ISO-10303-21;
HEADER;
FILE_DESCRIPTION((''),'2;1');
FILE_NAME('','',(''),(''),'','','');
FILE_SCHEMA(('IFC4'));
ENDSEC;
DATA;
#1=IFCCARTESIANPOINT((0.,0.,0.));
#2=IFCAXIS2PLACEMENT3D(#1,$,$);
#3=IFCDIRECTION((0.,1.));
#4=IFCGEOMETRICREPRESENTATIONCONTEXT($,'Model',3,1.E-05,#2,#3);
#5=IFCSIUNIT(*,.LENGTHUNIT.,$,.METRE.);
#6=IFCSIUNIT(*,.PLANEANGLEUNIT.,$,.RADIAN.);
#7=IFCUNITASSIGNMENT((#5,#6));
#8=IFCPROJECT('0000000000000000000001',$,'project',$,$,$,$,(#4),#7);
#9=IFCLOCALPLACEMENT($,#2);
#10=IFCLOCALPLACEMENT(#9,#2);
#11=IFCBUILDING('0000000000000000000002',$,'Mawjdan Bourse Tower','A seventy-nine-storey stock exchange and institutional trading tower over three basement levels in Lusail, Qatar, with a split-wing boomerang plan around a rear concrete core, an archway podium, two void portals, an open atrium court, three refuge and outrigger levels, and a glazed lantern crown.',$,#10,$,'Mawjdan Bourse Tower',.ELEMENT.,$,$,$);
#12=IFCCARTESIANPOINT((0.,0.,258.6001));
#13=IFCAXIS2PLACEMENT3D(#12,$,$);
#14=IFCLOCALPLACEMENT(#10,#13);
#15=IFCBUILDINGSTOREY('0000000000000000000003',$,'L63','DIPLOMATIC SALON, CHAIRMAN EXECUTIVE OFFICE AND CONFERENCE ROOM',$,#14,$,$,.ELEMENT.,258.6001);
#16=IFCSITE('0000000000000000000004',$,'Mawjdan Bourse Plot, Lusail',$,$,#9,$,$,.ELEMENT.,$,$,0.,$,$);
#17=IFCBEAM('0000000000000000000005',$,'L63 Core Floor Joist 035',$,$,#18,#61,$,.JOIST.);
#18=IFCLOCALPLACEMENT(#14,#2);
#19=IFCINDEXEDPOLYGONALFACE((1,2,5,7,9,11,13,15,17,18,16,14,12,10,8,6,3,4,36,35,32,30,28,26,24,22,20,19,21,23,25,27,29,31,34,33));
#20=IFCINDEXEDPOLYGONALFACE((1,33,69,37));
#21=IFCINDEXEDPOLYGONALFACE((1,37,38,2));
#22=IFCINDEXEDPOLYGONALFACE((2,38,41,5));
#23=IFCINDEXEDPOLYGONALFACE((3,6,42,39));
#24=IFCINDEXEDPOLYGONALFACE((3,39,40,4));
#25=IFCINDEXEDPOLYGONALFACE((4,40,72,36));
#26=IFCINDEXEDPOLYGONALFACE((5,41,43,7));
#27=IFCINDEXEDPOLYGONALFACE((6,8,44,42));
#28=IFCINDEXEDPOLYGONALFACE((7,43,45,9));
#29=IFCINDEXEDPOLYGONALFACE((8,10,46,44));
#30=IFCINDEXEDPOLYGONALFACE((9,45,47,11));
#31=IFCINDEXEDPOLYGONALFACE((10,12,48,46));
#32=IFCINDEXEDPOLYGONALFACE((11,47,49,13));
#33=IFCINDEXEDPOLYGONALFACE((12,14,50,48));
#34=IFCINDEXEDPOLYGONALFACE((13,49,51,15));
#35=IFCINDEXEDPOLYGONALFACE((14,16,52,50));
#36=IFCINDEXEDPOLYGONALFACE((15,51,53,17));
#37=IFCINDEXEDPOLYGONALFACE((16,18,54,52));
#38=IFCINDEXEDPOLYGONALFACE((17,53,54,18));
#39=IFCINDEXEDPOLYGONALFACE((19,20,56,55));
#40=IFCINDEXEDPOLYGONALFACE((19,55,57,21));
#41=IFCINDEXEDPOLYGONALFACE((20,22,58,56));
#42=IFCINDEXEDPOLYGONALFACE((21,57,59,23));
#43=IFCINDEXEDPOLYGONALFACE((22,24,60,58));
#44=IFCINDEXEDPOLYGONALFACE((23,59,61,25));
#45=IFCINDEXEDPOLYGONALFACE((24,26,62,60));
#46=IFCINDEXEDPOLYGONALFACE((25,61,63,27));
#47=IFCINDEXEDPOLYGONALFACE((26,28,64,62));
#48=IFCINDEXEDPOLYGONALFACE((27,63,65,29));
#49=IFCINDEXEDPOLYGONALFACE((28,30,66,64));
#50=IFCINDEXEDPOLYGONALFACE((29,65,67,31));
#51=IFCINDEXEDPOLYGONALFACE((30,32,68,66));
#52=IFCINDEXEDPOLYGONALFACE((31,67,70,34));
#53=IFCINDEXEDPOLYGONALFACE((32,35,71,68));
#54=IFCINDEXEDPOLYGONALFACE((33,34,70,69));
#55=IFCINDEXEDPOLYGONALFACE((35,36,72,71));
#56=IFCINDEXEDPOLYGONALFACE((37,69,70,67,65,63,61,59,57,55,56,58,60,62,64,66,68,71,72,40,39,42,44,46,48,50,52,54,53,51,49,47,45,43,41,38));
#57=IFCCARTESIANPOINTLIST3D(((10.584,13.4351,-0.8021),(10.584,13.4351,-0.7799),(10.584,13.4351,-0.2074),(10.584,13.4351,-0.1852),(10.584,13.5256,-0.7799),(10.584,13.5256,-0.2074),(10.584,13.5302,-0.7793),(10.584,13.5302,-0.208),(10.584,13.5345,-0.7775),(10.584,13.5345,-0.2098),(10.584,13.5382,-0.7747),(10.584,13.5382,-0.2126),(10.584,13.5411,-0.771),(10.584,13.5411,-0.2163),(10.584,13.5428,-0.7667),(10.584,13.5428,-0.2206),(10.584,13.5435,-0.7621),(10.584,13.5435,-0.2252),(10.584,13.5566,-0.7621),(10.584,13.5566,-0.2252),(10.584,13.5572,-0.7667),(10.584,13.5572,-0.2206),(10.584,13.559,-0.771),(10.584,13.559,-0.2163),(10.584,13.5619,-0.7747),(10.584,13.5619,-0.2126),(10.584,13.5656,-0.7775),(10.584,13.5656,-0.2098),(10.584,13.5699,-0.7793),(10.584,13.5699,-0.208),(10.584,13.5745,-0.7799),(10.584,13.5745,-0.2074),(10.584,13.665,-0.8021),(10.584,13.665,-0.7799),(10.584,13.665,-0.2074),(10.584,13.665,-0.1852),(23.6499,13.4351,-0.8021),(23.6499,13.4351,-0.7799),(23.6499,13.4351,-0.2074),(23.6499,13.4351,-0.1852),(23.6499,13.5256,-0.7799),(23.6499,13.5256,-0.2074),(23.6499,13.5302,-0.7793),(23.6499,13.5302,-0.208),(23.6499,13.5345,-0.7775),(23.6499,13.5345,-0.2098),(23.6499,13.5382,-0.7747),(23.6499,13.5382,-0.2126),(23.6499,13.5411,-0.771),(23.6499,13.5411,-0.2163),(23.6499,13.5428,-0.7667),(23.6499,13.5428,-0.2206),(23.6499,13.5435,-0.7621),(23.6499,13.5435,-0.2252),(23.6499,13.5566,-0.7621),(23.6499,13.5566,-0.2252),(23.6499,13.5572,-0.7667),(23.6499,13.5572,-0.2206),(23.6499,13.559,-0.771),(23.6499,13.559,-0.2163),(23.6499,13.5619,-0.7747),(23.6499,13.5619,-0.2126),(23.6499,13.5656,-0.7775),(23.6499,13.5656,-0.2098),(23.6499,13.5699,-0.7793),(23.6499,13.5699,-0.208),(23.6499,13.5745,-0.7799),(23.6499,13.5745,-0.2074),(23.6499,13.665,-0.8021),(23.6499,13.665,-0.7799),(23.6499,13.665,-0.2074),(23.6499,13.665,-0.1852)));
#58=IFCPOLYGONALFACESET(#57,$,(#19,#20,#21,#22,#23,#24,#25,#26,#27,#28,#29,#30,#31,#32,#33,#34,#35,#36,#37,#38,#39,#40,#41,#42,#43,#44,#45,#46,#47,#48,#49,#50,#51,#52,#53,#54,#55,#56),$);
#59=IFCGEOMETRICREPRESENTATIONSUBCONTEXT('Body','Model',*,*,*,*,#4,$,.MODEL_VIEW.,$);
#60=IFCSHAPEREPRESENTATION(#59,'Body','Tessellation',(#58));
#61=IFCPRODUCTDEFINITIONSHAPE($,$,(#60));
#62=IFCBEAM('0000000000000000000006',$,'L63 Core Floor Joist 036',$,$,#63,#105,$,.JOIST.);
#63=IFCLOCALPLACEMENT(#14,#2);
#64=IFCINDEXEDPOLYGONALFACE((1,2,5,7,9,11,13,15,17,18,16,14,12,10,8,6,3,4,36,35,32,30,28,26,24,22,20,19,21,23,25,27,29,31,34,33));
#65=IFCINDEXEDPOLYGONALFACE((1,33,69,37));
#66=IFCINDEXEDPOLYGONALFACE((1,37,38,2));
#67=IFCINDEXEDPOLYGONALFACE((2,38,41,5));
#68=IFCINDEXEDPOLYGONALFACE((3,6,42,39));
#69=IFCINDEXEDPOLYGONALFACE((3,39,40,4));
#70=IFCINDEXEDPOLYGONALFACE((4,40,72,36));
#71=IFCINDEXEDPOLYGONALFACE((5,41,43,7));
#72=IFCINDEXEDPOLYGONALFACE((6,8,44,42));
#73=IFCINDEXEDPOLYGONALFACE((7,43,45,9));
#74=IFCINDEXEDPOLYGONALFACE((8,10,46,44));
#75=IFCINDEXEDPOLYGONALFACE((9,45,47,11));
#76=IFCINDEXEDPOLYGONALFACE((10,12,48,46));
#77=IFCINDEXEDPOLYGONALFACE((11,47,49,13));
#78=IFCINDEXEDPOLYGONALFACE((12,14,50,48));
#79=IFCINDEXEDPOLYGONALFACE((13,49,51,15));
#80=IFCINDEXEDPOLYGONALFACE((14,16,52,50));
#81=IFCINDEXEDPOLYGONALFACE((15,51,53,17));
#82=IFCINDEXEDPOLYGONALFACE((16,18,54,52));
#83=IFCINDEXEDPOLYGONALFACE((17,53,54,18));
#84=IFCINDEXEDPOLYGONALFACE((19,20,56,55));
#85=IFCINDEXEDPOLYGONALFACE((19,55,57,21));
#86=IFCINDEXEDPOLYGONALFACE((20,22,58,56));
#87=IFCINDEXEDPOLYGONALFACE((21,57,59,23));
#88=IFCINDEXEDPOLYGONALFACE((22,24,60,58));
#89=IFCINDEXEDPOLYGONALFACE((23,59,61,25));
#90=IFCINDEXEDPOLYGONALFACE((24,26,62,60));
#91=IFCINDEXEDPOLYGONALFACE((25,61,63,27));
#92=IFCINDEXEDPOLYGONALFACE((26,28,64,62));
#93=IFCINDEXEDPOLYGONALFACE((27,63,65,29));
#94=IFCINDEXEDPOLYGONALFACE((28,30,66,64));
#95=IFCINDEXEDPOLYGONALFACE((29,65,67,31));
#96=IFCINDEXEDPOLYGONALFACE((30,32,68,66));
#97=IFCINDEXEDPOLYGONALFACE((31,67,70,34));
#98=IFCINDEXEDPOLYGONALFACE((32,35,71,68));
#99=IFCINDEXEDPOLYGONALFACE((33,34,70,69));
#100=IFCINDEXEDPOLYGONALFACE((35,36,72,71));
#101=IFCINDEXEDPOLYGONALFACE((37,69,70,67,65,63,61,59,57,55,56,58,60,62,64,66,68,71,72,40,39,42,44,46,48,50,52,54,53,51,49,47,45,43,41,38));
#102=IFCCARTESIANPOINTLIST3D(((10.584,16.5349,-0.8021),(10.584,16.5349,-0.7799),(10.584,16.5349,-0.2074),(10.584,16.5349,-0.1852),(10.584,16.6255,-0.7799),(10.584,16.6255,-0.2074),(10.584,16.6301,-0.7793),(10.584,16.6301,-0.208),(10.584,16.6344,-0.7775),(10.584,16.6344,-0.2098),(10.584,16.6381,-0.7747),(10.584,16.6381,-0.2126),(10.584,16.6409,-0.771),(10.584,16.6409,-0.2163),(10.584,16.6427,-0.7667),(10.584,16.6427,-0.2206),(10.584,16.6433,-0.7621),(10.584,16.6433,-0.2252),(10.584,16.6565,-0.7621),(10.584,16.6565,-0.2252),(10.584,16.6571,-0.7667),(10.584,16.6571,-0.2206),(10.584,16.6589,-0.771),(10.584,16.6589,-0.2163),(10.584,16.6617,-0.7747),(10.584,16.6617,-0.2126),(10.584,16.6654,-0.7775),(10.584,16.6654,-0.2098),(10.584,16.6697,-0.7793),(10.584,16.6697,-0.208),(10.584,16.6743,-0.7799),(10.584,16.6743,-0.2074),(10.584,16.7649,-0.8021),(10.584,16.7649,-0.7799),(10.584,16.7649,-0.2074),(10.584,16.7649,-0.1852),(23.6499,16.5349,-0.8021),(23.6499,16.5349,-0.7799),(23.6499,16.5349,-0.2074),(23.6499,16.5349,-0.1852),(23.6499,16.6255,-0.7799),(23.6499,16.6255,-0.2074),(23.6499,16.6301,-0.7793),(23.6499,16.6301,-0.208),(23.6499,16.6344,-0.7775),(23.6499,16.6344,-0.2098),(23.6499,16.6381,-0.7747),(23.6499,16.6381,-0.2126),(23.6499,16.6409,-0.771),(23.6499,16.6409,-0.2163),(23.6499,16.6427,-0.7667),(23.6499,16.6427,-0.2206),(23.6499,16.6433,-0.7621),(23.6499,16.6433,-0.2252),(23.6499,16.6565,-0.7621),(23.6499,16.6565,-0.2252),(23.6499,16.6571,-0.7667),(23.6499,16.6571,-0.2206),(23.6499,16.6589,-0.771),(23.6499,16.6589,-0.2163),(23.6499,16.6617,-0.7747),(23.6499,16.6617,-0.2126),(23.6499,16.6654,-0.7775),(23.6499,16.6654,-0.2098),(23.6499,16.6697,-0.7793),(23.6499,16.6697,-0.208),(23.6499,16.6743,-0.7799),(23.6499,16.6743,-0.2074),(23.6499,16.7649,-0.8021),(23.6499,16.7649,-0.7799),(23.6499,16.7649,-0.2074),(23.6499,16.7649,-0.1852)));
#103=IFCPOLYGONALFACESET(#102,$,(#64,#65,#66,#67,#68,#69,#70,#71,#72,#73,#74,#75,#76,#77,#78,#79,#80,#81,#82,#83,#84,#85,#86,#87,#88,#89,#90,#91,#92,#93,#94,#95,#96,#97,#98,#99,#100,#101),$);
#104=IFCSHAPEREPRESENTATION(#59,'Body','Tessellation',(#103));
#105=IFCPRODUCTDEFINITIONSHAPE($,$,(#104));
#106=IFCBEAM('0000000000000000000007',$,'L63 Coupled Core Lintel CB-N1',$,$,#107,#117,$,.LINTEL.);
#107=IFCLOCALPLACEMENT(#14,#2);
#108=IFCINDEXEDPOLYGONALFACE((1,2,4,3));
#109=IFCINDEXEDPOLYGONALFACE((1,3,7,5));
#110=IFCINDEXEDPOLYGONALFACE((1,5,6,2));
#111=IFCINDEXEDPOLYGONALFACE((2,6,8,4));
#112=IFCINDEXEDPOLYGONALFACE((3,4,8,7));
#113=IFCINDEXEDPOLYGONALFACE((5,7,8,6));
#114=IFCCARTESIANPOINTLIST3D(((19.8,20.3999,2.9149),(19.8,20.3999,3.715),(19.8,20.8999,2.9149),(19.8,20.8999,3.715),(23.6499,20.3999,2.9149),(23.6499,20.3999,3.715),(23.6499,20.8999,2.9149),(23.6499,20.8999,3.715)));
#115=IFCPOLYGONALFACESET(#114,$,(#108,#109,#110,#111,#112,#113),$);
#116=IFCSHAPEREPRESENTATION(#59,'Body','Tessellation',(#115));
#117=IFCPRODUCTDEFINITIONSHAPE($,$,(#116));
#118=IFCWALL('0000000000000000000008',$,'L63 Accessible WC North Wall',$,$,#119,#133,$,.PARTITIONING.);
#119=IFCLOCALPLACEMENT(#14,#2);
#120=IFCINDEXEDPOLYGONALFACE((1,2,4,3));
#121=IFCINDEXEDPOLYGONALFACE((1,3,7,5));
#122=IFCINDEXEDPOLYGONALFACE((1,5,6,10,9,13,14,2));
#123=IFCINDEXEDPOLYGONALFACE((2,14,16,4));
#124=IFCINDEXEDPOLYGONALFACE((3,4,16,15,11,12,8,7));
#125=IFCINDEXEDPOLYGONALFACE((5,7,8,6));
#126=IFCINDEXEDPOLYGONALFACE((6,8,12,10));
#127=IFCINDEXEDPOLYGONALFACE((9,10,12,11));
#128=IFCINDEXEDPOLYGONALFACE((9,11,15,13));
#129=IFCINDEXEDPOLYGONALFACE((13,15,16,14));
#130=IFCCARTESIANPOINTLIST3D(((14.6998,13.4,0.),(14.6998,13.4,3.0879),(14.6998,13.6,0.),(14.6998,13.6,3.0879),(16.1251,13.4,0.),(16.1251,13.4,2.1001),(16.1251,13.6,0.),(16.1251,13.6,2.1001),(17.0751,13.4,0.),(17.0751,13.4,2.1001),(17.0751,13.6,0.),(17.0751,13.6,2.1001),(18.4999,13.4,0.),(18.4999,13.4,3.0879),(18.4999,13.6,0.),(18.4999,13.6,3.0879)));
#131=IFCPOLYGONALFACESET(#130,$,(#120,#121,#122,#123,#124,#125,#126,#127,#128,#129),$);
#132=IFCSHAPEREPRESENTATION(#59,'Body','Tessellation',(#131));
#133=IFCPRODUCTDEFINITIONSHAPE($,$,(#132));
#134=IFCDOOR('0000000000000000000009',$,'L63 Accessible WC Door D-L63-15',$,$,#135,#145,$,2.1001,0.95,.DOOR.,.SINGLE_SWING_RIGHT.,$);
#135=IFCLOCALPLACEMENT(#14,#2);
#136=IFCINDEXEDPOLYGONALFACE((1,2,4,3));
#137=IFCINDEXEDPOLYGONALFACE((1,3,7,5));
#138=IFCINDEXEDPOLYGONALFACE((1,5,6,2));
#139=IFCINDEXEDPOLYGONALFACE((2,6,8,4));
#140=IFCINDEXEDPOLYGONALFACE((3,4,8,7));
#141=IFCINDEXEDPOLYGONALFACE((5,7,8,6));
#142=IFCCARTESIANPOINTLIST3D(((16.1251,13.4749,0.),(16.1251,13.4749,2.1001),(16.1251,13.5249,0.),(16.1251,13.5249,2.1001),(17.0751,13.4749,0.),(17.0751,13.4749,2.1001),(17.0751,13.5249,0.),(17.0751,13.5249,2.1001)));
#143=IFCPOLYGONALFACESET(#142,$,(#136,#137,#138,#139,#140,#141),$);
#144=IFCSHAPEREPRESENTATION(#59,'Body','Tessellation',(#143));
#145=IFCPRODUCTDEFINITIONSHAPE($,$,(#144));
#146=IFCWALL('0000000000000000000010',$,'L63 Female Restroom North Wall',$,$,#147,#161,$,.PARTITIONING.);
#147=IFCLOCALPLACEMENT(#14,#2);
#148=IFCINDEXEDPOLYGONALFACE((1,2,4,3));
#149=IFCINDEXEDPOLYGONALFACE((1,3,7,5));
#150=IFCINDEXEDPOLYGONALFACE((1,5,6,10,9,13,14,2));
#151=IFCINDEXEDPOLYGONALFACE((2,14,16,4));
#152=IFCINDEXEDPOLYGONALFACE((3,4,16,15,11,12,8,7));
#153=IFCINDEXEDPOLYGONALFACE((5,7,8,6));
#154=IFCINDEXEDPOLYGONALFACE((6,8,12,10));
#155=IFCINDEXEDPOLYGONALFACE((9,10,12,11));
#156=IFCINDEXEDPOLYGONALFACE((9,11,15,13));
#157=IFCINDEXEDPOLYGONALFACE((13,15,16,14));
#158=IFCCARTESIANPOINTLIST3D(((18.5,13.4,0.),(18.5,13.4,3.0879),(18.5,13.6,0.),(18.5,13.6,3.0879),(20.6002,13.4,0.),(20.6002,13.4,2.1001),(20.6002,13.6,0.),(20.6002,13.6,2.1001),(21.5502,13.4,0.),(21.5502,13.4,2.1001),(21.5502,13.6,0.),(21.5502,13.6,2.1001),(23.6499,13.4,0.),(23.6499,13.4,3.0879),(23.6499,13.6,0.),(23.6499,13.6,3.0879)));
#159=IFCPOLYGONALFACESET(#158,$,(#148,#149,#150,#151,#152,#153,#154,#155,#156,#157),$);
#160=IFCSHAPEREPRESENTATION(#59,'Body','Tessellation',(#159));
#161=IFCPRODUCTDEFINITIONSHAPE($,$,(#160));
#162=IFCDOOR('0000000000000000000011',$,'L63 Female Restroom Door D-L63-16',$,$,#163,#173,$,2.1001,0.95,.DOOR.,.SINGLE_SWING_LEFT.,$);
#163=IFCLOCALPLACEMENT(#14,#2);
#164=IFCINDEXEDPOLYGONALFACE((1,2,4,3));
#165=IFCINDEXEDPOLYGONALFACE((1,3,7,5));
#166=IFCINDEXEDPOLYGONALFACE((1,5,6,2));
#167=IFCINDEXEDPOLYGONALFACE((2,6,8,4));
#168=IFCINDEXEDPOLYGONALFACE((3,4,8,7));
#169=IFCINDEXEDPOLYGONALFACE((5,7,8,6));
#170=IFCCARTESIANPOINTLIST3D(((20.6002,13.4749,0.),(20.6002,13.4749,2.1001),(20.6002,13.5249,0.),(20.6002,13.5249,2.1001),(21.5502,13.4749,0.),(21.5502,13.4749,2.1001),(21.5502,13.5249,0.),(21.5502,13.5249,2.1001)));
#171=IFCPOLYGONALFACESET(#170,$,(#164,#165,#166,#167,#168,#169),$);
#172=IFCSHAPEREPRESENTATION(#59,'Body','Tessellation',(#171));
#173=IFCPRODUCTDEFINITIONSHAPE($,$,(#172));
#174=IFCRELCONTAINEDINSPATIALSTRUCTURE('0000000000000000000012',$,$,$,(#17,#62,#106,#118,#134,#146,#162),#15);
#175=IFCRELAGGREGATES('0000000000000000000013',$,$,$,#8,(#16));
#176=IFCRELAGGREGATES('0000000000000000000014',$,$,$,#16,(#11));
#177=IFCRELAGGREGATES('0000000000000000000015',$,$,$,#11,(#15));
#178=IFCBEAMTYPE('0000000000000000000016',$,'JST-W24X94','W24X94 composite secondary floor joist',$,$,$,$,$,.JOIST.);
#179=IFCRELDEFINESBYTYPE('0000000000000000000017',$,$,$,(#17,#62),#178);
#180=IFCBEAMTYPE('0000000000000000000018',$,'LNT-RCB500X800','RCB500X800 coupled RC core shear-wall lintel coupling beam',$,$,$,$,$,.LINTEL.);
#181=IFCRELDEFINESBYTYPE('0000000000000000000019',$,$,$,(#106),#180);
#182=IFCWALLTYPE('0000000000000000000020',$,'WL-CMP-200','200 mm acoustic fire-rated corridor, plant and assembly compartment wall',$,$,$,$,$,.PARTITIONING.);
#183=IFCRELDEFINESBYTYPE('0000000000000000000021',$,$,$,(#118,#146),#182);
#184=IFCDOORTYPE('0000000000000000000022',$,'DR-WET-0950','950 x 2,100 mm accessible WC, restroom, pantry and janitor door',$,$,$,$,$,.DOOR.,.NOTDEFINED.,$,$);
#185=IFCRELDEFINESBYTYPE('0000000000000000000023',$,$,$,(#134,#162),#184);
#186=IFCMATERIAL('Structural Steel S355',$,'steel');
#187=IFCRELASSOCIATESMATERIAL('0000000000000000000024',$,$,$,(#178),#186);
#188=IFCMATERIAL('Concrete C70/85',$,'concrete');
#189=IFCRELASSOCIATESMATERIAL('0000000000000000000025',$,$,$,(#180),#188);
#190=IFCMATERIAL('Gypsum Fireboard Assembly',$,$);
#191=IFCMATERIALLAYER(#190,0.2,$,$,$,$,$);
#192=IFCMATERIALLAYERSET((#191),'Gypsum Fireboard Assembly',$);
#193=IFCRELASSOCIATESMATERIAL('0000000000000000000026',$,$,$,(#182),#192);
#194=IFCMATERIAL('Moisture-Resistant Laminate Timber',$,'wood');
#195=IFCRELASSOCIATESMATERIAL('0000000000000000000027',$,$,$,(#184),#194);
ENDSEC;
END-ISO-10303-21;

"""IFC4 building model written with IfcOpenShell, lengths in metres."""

from ifc_helpers import new_model, si_unit, direction, frame, frame_2d, origin, origin_2d, place, context, subcontext, project, spatial, rectangle, i_section, extrude, material, layer, layer_set, material_profile, profile_set, type_object, element, fill, save


model = new_model("IFC4")

# Units and contexts
model_context = context("Model", 3, precision=1e-05, world=origin(), true_north=direction((0.0, 1.0)))
body_context = subcontext(model_context, "Body", "Model", "MODEL_VIEW")
ifc_project = project(units=[si_unit("LENGTHUNIT", "METRE"), si_unit("PLANEANGLEUNIT", "RADIAN")], contexts=[model_context])

# Site, building, storey
site_placement = place(None, origin())
site = spatial("IfcSite", under=ifc_project, at=site_placement, Name="Mawjdan Bourse Plot, Lusail", CompositionType="ELEMENT", RefElevation=0.0)
building_placement = place(site_placement, origin())
building = spatial("IfcBuilding", under=site, at=building_placement, Name="Mawjdan Bourse Tower", Description="A seventy-nine-storey stock exchange and institutional trading tower over three basement levels in Lusail, Qatar, with a split-wing boomerang plan around a rear concrete core, an archway podium, two void portals, an open atrium court, three refuge and outrigger levels, and a glazed lantern crown.", LongName="Mawjdan Bourse Tower", CompositionType="ELEMENT")
storey_placement = place(building_placement, frame((0.0, 0.0, 258.6001)))
storey = spatial("IfcBuildingStorey", under=building, at=storey_placement, Name="L63", Description="DIPLOMATIC SALON, CHAIRMAN EXECUTIVE OFFICE AND CONFERENCE ROOM", CompositionType="ELEMENT", Elevation=258.6001)

# Beams
ifc_material_1 = material(Name="Structural Steel S355", Category="steel")
ifc_material_profile_1 = material_profile(ifc_material_1, i_section(OverallWidth=0.23, OverallDepth=0.6169, WebThickness=0.0132, FlangeThickness=0.0222, FilletRadius=0.0178, at=origin_2d()), Name="W24X94")
ifc_profile_set_1 = profile_set([ifc_material_profile_1], Name="Structural Steel S355")
beam_type_1 = type_object("IfcBeamType", Name="JST-W24X94", Description="W24X94 composite secondary floor joist", PredefinedType="JOIST", material=ifc_profile_set_1)
for number, where, z_axis, x_axis, name in (
    (1, (10.584, 13.55, -0.4937), (1.0, 0.0, 0.0), (0.0, 1.0, 0.0), "L63 Core Floor Joist 035"),
    (2, (10.584, 16.6499, -0.4937), (1.0, 0.0, 0.0), (0.0, 1.0, 0.0), "L63 Core Floor Joist 036"),
):
    element("IfcBeam", number, at=place(storey_placement, frame(where, z_axis=z_axis, x_axis=x_axis)), inside=storey, type_object=beam_type_1, Name=name, PredefinedType="JOIST", context=body_context, shape_type="SweptSolid", body=[
        extrude(i_section(OverallWidth=0.23, OverallDepth=0.6169, WebThickness=0.0132, FlangeThickness=0.0222, FilletRadius=0.0178, at=origin_2d()), origin(), (0.0, 0.0, 1.0), 13.0659),
    ])
ifc_material_2 = material(Name="Concrete C70/85", Category="concrete")
ifc_material_profile_2 = material_profile(ifc_material_2, rectangle(XDim=0.5, YDim=0.8, at=origin_2d()), Name="RCB500X800")
ifc_profile_set_2 = profile_set([ifc_material_profile_2], Name="Concrete C70/85")
beam_type_2 = type_object("IfcBeamType", Name="LNT-RCB500X800", Description="RCB500X800 coupled RC core shear-wall lintel coupling beam", PredefinedType="LINTEL", material=ifc_profile_set_2)
beam_placement = place(storey_placement, frame((19.8, 20.6499, 3.3149), z_axis=(1.0, 0.0, 0.0), x_axis=(0.0, 1.0, 0.0)))
element("IfcBeam", 3, at=beam_placement, inside=storey, type_object=beam_type_2, Name="L63 Coupled Core Lintel CB-N1", PredefinedType="LINTEL", context=body_context, shape_type="SweptSolid", body=[
    extrude(rectangle(XDim=0.5, YDim=0.8, at=origin_2d()), origin(), (0.0, 0.0, 1.0), 3.8499),
])

# Walls, openings, doors
ifc_material_3 = material(Name="Gypsum Fireboard Assembly")
ifc_layer_1 = layer(ifc_material_3, 0.2)
ifc_layer_set_1 = layer_set([ifc_layer_1], Name="Gypsum Fireboard Assembly")
wall_type_1 = type_object("IfcWallType", Name="WL-CMP-200", Description="200 mm acoustic fire-rated corridor, plant and assembly compartment wall", PredefinedType="PARTITIONING", material=ifc_layer_set_1)
wall_1_placement = place(storey_placement, frame((14.7, 13.5, 0.0), z_axis=(0.0, 0.0, 1.0), x_axis=(1.0, 0.0, 0.0)))
wall_1 = element("IfcWall", 4, at=wall_1_placement, inside=storey, type_object=wall_type_1, Name="L63 Accessible WC North Wall", PredefinedType="PARTITIONING", context=body_context, shape_type="SweptSolid", body=[
    extrude(rectangle(XDim=3.8, YDim=0.2, at=frame_2d((1.8999, 0.0))), origin(), (0.0, 0.0, 1.0), 3.0879),
])
opening_1_placement = place(wall_1_placement, frame((1.425, 0.0, 0.0)))
opening_1 = element("IfcOpeningElement", 5, at=opening_1_placement, cuts=wall_1, PredefinedType="OPENING", context=body_context, shape_type="SweptSolid", body=[
    extrude(rectangle(XDim=0.95, YDim=2.1001, at=frame_2d((0.4751, 1.05))), frame((0.0, 0.1099, 0.0), z_axis=(0.0, -1.0, 0.0), x_axis=(1.0, 0.0, 0.0)), (0.0, 0.0, 1.0), 0.22),
])
ifc_material_4 = material(Name="Moisture-Resistant Laminate Timber", Category="wood")
door_type_1 = type_object("IfcDoorType", Name="DR-WET-0950", Description="950 x 2,100 mm accessible WC, restroom, pantry and janitor door", OperationType="NOTDEFINED", PredefinedType="DOOR", material=ifc_material_4)
door_1_placement = place(opening_1_placement, origin())
door_1 = element("IfcDoor", 6, at=door_1_placement, inside=storey, type_object=door_type_1, Name="L63 Accessible WC Door D-L63-15", OperationType="SINGLE_SWING_RIGHT", OverallHeight=2.1001, OverallWidth=0.95, PredefinedType="DOOR", context=body_context, shape_type="SweptSolid", body=[
    extrude(rectangle(XDim=0.95, YDim=2.1001, at=frame_2d((0.4751, 1.05))), frame((0.0, 0.0249, 0.0), z_axis=(0.0, -1.0, 0.0), x_axis=(1.0, 0.0, 0.0)), (0.0, 0.0, 1.0), 0.05),
])
fill(opening_1, door_1)
wall_2_placement = place(storey_placement, frame((18.5, 13.5, 0.0), z_axis=(0.0, 0.0, 1.0), x_axis=(1.0, 0.0, 0.0)))
wall_2 = element("IfcWall", 7, at=wall_2_placement, inside=storey, type_object=wall_type_1, Name="L63 Female Restroom North Wall", PredefinedType="PARTITIONING", context=body_context, shape_type="SweptSolid", body=[
    extrude(rectangle(XDim=5.1499, YDim=0.2, at=frame_2d((2.575, 0.0))), origin(), (0.0, 0.0, 1.0), 3.0879),
])
opening_2_placement = place(wall_2_placement, frame((2.1001, 0.0, 0.0)))
opening_2 = element("IfcOpeningElement", 8, at=opening_2_placement, cuts=wall_2, PredefinedType="OPENING", context=body_context, shape_type="SweptSolid", body=[
    extrude(rectangle(XDim=0.95, YDim=2.1001, at=frame_2d((0.4751, 1.05))), frame((0.0, 0.1099, 0.0), z_axis=(0.0, -1.0, 0.0), x_axis=(1.0, 0.0, 0.0)), (0.0, 0.0, 1.0), 0.22),
])
door_2_placement = place(opening_2_placement, origin())
door_2 = element("IfcDoor", 9, at=door_2_placement, inside=storey, type_object=door_type_1, Name="L63 Female Restroom Door D-L63-16", OperationType="SINGLE_SWING_LEFT", OverallHeight=2.1001, OverallWidth=0.95, PredefinedType="DOOR", context=body_context, shape_type="SweptSolid", body=[
    extrude(rectangle(XDim=0.95, YDim=2.1001, at=frame_2d((0.4751, 1.05))), frame((0.0, 0.0249, 0.0), z_axis=(0.0, -1.0, 0.0), x_axis=(1.0, 0.0, 0.0)), (0.0, 0.0, 1.0), 0.05),
])
fill(opening_2, door_2)

save(model, "model.ifc")
